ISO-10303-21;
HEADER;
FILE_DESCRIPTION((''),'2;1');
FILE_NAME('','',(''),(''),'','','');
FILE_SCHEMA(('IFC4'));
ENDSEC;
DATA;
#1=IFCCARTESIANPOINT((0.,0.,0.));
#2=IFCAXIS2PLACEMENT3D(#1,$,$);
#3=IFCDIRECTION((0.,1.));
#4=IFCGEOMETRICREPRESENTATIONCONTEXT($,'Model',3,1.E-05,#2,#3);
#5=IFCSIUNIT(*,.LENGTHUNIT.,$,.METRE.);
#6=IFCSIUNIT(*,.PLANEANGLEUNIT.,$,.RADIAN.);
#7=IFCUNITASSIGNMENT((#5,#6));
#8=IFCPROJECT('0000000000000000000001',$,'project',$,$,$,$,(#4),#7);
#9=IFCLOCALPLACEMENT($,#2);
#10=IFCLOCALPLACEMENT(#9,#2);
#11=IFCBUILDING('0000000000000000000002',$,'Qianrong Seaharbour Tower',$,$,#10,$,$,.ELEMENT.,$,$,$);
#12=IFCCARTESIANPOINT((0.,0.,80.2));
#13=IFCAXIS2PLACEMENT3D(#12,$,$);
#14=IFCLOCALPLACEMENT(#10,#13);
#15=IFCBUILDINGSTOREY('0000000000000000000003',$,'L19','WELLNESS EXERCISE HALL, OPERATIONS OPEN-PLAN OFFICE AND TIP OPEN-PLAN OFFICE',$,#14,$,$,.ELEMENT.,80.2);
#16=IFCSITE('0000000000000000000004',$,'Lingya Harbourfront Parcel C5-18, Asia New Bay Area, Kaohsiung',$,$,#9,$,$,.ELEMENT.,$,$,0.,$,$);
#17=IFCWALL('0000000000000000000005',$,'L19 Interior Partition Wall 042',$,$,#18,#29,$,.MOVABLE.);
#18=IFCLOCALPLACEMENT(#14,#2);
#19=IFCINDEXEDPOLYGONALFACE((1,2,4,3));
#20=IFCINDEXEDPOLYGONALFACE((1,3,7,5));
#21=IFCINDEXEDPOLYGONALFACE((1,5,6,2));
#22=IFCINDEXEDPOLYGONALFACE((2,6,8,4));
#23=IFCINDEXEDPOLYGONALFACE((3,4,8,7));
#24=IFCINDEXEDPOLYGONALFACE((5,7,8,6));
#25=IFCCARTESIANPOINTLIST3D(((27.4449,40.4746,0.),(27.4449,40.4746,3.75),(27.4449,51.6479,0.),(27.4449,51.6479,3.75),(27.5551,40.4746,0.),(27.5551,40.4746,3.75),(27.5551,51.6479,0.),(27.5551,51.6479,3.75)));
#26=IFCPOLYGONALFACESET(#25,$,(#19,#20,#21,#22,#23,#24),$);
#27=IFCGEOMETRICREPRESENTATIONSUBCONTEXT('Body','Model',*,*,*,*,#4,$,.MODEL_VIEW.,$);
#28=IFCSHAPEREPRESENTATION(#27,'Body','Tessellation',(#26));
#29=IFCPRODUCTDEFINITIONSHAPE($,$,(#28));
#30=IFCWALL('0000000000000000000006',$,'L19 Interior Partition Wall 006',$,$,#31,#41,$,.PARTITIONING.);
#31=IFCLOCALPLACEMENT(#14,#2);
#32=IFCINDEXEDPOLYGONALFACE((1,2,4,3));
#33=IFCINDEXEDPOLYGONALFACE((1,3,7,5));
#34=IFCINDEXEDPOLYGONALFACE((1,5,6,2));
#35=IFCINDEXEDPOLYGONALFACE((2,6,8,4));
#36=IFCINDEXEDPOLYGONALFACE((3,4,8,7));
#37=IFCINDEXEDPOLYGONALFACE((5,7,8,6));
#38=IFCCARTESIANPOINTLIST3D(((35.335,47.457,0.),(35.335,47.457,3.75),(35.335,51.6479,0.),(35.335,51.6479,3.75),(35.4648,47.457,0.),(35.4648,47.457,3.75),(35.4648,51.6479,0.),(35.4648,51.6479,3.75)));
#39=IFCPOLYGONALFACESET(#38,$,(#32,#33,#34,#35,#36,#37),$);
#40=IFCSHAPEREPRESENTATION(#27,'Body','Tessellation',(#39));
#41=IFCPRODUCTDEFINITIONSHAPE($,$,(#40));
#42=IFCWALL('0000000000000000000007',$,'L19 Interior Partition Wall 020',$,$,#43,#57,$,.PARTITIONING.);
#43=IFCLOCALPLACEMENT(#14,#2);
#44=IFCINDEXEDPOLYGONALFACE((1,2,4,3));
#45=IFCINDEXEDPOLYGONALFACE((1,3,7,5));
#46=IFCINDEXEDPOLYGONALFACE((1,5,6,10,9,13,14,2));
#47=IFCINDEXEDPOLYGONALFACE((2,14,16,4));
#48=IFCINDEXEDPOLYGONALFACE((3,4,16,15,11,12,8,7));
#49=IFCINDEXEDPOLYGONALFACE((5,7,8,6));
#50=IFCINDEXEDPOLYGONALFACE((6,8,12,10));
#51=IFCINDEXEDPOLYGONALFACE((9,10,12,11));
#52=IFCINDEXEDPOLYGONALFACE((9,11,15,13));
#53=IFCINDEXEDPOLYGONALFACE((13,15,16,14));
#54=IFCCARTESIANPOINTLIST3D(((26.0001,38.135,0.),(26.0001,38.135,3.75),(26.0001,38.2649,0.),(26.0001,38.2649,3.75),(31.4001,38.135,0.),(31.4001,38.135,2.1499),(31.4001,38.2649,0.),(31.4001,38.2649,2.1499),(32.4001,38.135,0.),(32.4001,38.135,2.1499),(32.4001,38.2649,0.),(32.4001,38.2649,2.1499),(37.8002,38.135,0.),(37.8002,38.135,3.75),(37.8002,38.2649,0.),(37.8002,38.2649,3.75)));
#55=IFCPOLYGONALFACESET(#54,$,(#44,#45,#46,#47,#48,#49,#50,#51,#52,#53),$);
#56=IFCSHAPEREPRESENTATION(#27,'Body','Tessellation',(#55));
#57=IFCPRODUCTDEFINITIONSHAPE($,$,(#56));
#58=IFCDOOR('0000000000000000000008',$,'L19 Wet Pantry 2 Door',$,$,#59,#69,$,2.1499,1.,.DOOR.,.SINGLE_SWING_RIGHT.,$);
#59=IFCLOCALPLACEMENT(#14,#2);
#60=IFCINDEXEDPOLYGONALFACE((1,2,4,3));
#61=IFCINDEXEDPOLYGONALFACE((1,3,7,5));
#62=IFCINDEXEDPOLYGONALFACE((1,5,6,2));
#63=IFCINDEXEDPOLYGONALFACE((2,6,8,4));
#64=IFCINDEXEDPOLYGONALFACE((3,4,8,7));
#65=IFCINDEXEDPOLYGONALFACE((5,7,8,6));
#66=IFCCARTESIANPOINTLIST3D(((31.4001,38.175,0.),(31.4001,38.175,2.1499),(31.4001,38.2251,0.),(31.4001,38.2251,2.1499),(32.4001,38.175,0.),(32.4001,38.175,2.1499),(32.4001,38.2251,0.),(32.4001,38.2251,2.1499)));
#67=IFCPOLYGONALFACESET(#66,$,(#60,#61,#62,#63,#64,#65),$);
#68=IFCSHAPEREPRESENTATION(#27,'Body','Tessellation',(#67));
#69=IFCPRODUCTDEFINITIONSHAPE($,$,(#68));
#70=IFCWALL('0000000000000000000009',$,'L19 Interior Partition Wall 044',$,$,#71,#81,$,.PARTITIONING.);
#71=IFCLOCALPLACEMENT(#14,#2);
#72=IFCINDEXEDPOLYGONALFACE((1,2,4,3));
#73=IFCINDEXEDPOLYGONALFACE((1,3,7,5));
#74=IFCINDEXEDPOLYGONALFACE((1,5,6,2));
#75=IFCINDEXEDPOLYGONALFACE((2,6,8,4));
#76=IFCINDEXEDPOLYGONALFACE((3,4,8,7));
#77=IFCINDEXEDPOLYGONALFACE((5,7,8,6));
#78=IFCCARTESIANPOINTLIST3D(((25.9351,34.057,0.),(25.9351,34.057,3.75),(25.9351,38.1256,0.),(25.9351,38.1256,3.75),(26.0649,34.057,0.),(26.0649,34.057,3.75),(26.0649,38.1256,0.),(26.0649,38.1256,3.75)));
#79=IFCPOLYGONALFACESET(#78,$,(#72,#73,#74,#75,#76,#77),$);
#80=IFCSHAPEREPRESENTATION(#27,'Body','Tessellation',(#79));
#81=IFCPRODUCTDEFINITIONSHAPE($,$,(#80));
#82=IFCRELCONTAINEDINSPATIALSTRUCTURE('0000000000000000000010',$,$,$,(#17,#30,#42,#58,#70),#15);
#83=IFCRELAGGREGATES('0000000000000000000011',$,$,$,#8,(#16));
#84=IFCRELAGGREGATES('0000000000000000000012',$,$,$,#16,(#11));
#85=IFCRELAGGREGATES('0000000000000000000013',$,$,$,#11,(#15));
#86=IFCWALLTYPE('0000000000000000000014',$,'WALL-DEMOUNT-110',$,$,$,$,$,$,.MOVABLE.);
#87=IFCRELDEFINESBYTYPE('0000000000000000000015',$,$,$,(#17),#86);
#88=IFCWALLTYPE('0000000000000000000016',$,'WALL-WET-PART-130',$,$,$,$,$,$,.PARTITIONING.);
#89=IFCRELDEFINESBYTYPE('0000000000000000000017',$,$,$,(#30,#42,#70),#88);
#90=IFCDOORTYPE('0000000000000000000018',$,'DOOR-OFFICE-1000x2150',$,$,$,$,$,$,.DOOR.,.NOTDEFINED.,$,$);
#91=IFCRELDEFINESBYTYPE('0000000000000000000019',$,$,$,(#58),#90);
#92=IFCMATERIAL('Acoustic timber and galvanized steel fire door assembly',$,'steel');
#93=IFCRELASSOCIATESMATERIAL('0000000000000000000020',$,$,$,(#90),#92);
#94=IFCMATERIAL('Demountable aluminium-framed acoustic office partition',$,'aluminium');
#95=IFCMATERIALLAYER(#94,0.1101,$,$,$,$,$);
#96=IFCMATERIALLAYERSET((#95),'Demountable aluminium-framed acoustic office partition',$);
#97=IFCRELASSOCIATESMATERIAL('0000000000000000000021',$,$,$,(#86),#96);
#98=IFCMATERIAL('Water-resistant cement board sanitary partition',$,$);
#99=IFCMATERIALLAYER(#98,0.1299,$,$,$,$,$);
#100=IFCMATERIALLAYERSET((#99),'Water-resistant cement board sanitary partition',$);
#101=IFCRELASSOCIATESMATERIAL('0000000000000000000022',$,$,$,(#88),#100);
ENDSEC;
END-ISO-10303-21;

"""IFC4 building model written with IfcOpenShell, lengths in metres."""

from ifc_helpers import new_model, si_unit, direction, frame, frame_2d, origin, place, context, subcontext, project, spatial, rectangle, extrude, material, layer, layer_set, type_object, element, fill, save


model = new_model("IFC4")

# Units and contexts
model_context = context("Model", 3, precision=1e-05, world=origin(), true_north=direction((0.0, 1.0)))
body_context = subcontext(model_context, "Body", "Model", "MODEL_VIEW")
ifc_project = project(units=[si_unit("LENGTHUNIT", "METRE"), si_unit("PLANEANGLEUNIT", "RADIAN")], contexts=[model_context])

# Site, building, storey
site_placement = place(None, origin())
site = spatial("IfcSite", under=ifc_project, at=site_placement, Name="Lingya Harbourfront Parcel C5-18, Asia New Bay Area, Kaohsiung", CompositionType="ELEMENT", RefElevation=0.0)
building_placement = place(site_placement, origin())
building = spatial("IfcBuilding", under=site, at=building_placement, Name="Qianrong Seaharbour Tower", CompositionType="ELEMENT")
storey_placement = place(building_placement, frame((0.0, 0.0, 80.2)))
storey = spatial("IfcBuildingStorey", under=building, at=storey_placement, Name="L19", Description="WELLNESS EXERCISE HALL, OPERATIONS OPEN-PLAN OFFICE AND TIP OPEN-PLAN OFFICE", CompositionType="ELEMENT", Elevation=80.2)

# Shared definitions
ifc_material_1 = material(Name="Acoustic timber and galvanized steel fire door assembly", Category="steel")
door_type_1 = type_object("IfcDoorType", Name="DOOR-OFFICE-1000x2150", OperationType="NOTDEFINED", PredefinedType="DOOR", material=ifc_material_1)

# Walls
ifc_material_2 = material(Name="Demountable aluminium-framed acoustic office partition", Category="aluminium")
ifc_layer_1 = layer(ifc_material_2, 0.1101)
ifc_layer_set_1 = layer_set([ifc_layer_1], Name="Demountable aluminium-framed acoustic office partition")
wall_type_1 = type_object("IfcWallType", Name="WALL-DEMOUNT-110", PredefinedType="MOVABLE", material=ifc_layer_set_1)
wall_1_placement = place(storey_placement, frame((27.5, 51.6479, 0.0), z_axis=(0.0, 0.0, 1.0), x_axis=(0.0, -1.0, 0.0)))
element("IfcWall", 1, at=wall_1_placement, inside=storey, type_object=wall_type_1, Name="L19 Interior Partition Wall 042", PredefinedType="MOVABLE", context=body_context, shape_type="SweptSolid", body=[
    extrude(rectangle(XDim=11.1733, YDim=0.1101, at=frame_2d((5.5867, 0.0))), origin(), (0.0, 0.0, 1.0), 3.75),
])
ifc_material_3 = material(Name="Water-resistant cement board sanitary partition")
ifc_layer_2 = layer(ifc_material_3, 0.1299)
ifc_layer_set_2 = layer_set([ifc_layer_2], Name="Water-resistant cement board sanitary partition")
wall_type_2 = type_object("IfcWallType", Name="WALL-WET-PART-130", PredefinedType="PARTITIONING", material=ifc_layer_set_2)
wall_2_placement = place(storey_placement, frame((35.3999, 47.457, 0.0), z_axis=(0.0, 0.0, 1.0), x_axis=(0.0, 1.0, 0.0)))
element("IfcWall", 2, at=wall_2_placement, inside=storey, type_object=wall_type_2, Name="L19 Interior Partition Wall 006", PredefinedType="PARTITIONING", context=body_context, shape_type="SweptSolid", body=[
    extrude(rectangle(XDim=4.1909, YDim=0.1299, at=frame_2d((2.0955, 0.0))), origin(), (0.0, 0.0, 1.0), 3.75),
])

# Wall, opening, door
wall_3_placement = place(storey_placement, frame((37.8, 38.2, 0.0), z_axis=(0.0, 0.0, 1.0), x_axis=(-1.0, 0.0, 0.0)))
wall_3 = element("IfcWall", 3, at=wall_3_placement, inside=storey, type_object=wall_type_2, Name="L19 Interior Partition Wall 020", PredefinedType="PARTITIONING", context=body_context, shape_type="SweptSolid", body=[
    extrude(rectangle(XDim=11.8, YDim=0.1299, at=frame_2d((5.8999, 0.0))), origin(), (0.0, 0.0, 1.0), 3.75),
])
opening_1_placement = place(wall_3_placement, frame((5.3999, 0.0, 0.0)))
opening_1 = element("IfcOpeningElement", 4, at=opening_1_placement, cuts=wall_3, PredefinedType="OPENING", context=body_context, shape_type="SweptSolid", body=[
    extrude(rectangle(XDim=1.0, YDim=2.1499, at=frame_2d((0.5, 1.075))), frame((0.0, 0.075, 0.0), z_axis=(0.0, -1.0, 0.0), x_axis=(1.0, 0.0, 0.0)), (0.0, 0.0, 1.0), 0.1499),
])
door_1_placement = place(opening_1_placement, origin())
door_1 = element("IfcDoor", 5, at=door_1_placement, inside=storey, type_object=door_type_1, Name="L19 Wet Pantry 2 Door", OperationType="SINGLE_SWING_RIGHT", OverallHeight=2.1499, OverallWidth=1.0, PredefinedType="DOOR", context=body_context, shape_type="SweptSolid", body=[
    extrude(rectangle(XDim=1.0, YDim=2.1499, at=frame_2d((0.5, 1.075))), frame((0.0, 0.0249, 0.0), z_axis=(0.0, -1.0, 0.0), x_axis=(1.0, 0.0, 0.0)), (0.0, 0.0, 1.0), 0.05),
])
fill(opening_1, door_1)

# Wall
wall_4_placement = place(storey_placement, frame((26.0, 38.1255, 0.0), z_axis=(0.0, 0.0, 1.0), x_axis=(0.0, -1.0, 0.0)))
element("IfcWall", 6, at=wall_4_placement, inside=storey, type_object=wall_type_2, Name="L19 Interior Partition Wall 044", PredefinedType="PARTITIONING", context=body_context, shape_type="SweptSolid", body=[
    extrude(rectangle(XDim=4.0686, YDim=0.1299, at=frame_2d((2.0342, 0.0))), origin(), (0.0, 0.0, 1.0), 3.75),
])

save(model, "model.ifc")
